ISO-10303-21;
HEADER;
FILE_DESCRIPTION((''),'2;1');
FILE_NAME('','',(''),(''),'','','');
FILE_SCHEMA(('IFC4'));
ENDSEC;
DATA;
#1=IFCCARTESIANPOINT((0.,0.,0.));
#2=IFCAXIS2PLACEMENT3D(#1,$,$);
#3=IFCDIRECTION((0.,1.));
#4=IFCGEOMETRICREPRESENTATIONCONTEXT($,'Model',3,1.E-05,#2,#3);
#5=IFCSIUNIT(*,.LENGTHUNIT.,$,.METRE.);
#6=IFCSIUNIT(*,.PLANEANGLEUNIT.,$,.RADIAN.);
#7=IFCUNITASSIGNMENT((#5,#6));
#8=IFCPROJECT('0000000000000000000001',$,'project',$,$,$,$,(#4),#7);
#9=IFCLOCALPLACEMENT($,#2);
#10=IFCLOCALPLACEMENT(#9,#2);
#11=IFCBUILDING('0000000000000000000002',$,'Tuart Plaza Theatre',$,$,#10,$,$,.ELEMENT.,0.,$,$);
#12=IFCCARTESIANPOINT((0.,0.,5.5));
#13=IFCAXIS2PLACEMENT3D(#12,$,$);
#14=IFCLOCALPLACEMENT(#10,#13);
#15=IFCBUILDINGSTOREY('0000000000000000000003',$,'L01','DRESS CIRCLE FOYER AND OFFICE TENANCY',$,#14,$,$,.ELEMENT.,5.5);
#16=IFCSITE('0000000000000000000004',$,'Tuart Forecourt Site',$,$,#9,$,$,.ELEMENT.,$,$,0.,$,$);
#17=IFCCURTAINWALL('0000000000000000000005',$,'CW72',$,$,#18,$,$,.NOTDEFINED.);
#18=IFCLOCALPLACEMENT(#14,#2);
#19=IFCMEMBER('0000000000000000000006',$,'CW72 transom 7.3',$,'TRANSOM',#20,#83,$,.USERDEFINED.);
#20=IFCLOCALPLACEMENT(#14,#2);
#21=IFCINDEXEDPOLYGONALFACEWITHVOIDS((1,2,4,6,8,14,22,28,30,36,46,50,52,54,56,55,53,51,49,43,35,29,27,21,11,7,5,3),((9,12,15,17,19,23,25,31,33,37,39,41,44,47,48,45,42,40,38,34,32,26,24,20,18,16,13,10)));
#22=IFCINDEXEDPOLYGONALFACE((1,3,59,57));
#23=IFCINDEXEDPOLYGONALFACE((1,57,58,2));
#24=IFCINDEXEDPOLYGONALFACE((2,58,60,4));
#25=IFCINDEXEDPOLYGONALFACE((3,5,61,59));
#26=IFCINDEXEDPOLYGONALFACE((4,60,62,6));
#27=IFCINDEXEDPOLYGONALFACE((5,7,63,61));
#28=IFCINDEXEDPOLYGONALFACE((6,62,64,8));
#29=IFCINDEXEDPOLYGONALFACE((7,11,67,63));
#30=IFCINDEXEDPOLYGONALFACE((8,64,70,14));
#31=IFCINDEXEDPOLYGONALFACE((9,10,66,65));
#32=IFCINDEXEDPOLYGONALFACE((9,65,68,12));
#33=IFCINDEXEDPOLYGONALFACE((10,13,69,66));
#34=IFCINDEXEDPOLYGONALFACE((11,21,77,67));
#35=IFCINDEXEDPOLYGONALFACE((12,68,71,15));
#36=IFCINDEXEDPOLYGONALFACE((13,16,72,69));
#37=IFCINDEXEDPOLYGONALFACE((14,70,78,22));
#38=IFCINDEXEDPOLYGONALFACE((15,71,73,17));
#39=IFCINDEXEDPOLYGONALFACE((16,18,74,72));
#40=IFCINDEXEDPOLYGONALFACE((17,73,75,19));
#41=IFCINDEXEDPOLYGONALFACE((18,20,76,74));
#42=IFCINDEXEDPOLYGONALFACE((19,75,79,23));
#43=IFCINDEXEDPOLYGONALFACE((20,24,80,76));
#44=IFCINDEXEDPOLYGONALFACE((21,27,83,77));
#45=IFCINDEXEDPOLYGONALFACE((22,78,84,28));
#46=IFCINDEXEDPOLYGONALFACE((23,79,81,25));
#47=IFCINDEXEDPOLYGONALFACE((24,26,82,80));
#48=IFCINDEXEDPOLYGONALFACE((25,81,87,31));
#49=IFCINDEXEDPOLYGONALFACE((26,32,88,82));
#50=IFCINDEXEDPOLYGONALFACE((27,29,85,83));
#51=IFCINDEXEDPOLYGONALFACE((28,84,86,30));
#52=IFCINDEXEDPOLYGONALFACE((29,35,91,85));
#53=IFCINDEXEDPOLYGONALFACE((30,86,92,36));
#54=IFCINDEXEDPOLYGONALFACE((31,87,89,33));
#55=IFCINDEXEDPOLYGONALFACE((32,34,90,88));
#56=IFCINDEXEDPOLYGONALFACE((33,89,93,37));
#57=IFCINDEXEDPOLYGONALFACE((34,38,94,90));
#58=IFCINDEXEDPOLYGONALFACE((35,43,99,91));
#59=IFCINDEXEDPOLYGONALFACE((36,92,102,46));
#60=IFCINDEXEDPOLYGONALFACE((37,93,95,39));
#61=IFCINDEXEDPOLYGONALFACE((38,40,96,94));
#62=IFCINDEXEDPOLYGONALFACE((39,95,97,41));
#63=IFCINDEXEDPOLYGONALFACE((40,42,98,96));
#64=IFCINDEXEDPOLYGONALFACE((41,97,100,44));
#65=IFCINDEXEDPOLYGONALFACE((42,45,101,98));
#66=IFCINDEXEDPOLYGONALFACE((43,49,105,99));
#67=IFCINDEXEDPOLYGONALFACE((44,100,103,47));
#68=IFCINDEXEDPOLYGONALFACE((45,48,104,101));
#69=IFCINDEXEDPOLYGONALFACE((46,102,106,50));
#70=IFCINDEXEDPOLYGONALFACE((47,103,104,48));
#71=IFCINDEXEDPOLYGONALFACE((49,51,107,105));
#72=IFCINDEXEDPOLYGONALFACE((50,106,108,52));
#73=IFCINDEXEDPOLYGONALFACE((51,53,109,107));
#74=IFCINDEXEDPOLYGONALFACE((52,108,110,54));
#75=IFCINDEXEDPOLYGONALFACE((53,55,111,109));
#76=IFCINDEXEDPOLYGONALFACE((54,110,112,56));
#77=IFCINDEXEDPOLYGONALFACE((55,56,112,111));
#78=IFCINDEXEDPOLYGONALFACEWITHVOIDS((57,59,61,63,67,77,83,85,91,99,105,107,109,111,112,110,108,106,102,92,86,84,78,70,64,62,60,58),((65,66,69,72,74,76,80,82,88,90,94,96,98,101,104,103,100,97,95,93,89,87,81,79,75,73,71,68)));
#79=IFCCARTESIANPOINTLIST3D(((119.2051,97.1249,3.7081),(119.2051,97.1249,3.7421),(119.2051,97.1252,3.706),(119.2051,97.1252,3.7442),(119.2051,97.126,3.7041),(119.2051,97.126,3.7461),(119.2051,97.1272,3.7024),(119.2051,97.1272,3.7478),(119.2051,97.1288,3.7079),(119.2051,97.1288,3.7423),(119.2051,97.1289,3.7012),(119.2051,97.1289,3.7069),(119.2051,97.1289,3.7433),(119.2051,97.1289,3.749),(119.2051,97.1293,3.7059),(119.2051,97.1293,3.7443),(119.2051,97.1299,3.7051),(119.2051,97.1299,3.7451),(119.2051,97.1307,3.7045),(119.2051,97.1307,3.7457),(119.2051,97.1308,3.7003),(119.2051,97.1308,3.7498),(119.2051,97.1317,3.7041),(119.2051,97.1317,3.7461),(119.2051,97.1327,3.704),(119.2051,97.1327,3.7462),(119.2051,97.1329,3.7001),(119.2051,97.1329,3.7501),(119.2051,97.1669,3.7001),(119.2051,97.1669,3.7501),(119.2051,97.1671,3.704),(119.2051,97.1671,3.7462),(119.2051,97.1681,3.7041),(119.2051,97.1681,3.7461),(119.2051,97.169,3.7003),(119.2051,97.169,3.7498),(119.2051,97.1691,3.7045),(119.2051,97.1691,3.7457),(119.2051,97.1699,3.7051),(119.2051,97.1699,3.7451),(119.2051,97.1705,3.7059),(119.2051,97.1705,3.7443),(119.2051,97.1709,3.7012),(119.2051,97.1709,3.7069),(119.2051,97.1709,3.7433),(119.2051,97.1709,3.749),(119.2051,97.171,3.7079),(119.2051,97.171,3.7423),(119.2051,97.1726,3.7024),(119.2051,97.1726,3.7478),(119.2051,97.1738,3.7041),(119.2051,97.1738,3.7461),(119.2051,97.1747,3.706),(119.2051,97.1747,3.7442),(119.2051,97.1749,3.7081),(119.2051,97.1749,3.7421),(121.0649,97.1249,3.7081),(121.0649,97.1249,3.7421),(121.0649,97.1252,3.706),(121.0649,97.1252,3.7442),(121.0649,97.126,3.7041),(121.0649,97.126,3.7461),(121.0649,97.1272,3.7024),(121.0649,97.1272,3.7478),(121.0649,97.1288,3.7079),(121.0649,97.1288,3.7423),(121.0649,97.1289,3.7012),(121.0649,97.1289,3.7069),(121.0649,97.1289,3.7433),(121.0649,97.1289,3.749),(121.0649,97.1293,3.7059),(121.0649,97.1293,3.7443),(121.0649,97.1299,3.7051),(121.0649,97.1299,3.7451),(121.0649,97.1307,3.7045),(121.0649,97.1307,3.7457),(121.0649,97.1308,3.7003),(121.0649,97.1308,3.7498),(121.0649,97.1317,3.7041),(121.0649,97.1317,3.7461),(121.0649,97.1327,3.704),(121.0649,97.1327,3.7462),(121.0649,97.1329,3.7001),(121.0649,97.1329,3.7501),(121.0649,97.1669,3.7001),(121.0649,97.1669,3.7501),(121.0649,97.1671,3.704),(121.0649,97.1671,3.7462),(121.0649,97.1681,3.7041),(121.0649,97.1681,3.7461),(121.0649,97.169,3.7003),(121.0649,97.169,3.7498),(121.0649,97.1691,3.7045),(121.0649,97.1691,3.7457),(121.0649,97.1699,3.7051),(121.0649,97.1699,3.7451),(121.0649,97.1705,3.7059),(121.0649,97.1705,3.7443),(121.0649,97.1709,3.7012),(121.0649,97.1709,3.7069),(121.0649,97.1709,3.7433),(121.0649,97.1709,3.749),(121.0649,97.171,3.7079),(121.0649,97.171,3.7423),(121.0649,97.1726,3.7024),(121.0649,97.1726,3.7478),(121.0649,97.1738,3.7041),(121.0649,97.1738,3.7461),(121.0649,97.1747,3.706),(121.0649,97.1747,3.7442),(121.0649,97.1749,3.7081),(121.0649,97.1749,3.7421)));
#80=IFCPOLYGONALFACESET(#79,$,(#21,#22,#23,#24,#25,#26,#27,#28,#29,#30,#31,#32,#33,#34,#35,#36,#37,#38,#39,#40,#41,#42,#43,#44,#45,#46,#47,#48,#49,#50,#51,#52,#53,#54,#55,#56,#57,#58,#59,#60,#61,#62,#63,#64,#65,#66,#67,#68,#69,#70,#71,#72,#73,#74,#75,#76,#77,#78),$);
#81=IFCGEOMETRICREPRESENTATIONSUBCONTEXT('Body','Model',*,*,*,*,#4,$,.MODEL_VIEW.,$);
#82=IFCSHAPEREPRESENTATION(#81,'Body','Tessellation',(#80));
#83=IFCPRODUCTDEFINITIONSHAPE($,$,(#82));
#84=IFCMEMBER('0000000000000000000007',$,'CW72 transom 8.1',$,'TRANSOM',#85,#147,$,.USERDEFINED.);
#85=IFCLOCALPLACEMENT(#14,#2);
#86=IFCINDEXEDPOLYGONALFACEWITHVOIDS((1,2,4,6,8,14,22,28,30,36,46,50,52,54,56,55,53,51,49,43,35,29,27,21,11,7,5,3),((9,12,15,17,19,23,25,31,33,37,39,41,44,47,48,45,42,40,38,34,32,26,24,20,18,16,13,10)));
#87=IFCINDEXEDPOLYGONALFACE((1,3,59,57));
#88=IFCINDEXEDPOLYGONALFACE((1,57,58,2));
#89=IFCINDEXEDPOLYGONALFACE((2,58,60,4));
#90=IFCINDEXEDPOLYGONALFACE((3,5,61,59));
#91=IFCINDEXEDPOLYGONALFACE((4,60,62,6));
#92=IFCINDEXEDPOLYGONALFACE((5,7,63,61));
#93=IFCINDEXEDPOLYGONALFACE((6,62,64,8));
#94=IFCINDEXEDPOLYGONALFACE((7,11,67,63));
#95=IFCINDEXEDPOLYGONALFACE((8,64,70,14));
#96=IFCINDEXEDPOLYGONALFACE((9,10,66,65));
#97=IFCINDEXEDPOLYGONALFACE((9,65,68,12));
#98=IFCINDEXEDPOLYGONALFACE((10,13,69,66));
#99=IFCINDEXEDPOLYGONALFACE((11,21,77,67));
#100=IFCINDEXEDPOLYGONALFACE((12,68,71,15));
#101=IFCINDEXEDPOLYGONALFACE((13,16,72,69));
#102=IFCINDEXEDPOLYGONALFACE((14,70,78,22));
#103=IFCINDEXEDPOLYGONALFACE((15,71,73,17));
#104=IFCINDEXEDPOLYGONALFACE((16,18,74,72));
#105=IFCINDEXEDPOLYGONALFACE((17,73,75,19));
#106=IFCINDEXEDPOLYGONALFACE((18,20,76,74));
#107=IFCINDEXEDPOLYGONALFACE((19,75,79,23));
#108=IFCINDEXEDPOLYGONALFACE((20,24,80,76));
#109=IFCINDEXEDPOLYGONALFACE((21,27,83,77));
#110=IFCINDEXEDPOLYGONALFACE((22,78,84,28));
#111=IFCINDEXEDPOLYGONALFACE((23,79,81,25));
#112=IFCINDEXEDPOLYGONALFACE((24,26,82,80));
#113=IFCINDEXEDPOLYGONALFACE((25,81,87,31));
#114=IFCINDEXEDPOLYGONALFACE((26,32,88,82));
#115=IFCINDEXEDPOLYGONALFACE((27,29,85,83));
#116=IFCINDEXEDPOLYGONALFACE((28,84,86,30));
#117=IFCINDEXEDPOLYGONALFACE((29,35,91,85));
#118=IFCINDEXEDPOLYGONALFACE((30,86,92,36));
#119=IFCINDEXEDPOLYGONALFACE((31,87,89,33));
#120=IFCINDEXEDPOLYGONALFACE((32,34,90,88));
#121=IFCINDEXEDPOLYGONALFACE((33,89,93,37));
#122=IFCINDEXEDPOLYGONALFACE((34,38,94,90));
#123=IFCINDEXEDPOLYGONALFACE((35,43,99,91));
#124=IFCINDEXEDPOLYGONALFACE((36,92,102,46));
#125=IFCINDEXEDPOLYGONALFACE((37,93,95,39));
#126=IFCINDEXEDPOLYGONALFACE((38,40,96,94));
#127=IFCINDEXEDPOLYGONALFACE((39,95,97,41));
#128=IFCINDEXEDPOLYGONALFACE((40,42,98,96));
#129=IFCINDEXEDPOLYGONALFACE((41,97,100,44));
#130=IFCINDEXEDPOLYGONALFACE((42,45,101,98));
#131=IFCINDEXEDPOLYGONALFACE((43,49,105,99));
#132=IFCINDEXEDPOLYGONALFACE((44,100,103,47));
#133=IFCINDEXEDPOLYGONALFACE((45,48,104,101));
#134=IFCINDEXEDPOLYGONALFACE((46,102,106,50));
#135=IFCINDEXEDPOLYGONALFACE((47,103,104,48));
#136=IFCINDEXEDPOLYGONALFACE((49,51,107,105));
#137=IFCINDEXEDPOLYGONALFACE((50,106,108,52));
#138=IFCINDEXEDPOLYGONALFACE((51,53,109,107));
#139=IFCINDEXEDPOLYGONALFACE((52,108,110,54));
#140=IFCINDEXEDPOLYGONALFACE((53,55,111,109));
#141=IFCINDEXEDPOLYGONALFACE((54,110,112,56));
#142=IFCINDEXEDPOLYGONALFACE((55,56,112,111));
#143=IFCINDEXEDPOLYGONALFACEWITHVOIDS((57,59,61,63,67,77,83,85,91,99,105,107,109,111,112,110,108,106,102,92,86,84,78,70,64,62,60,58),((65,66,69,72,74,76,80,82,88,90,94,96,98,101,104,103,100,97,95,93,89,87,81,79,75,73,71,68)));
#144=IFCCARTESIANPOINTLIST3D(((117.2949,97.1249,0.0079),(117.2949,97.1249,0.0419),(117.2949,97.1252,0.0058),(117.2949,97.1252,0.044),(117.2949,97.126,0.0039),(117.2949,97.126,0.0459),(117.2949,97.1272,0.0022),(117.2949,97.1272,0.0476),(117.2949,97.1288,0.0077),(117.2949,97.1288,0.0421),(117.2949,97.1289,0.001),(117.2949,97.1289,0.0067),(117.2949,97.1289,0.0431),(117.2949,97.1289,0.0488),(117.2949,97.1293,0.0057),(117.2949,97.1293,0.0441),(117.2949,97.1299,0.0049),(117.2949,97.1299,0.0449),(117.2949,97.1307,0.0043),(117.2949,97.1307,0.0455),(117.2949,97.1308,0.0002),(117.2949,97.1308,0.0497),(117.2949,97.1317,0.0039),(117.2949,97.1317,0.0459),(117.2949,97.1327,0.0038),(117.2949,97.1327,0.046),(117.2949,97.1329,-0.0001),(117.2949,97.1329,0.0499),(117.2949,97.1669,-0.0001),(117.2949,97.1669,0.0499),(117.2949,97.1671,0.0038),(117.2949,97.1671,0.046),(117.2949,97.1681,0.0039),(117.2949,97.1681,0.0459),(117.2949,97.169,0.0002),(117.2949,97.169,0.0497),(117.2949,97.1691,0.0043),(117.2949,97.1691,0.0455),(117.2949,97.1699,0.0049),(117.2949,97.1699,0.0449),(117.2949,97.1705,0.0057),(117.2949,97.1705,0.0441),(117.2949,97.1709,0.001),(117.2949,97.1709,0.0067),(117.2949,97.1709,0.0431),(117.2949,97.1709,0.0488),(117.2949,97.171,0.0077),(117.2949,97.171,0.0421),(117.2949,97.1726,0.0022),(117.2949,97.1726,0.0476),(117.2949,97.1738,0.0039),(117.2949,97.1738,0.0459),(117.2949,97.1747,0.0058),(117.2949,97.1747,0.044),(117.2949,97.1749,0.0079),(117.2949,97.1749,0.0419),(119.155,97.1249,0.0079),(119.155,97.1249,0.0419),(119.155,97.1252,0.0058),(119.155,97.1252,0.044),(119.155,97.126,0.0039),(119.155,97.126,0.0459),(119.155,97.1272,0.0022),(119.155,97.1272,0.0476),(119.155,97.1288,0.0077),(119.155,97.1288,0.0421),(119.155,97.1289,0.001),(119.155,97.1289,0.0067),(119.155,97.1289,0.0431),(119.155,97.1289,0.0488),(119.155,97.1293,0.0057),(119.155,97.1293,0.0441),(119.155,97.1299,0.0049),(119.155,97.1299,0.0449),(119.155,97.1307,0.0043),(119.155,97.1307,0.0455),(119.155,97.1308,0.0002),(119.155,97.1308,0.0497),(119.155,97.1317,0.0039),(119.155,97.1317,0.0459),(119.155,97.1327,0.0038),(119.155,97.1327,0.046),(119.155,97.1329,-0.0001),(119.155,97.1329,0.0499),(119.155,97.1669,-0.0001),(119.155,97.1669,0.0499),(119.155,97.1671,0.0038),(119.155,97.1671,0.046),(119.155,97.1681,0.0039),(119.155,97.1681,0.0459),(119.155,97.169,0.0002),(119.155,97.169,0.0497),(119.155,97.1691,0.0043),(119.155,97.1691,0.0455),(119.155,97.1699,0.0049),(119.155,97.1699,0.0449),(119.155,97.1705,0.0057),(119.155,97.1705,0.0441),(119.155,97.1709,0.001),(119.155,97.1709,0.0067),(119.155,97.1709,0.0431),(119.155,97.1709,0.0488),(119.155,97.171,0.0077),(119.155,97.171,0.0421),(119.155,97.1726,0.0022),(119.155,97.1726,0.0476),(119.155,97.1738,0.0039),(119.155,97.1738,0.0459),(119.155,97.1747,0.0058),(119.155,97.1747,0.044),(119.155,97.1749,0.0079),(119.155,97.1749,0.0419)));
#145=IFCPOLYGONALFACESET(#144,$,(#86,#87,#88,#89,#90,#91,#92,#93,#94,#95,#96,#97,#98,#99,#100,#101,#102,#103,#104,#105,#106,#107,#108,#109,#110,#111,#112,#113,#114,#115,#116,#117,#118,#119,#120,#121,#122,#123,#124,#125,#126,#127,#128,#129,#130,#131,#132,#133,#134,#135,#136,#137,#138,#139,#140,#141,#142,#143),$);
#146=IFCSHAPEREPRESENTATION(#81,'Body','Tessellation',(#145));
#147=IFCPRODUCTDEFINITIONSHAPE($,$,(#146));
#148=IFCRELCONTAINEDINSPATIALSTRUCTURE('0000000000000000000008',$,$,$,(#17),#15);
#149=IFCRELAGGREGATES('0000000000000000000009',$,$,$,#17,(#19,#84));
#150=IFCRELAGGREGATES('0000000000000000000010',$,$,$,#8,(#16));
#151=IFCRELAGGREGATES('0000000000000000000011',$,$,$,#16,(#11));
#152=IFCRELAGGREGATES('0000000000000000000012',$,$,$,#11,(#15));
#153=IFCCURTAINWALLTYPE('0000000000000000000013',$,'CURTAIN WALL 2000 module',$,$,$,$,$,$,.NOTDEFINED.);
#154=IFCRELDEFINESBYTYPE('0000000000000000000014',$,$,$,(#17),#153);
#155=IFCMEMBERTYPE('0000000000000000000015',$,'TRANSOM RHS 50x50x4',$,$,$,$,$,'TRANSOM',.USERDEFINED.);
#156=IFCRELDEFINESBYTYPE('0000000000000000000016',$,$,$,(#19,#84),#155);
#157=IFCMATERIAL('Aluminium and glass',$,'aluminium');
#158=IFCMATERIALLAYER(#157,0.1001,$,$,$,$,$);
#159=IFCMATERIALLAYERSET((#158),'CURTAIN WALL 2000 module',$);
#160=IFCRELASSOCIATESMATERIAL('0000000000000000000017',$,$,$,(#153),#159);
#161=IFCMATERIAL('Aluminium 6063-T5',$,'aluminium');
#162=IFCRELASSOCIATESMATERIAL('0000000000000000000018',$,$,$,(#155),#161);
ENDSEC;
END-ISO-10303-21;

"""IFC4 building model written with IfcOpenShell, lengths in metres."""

from ifc_helpers import new_model, si_unit, direction, frame, origin, origin_2d, place, context, subcontext, project, spatial, hollow_rectangle, extrude, material, layer, layer_set, material_profile, profile_set, type_object, element, aggregate, save


model = new_model("IFC4")

# Units and contexts
model_context = context("Model", 3, precision=1e-05, world=origin(), true_north=direction((0.0, 1.0)))
body_context = subcontext(model_context, "Body", "Model", "MODEL_VIEW")
ifc_project = project(units=[si_unit("LENGTHUNIT", "METRE"), si_unit("PLANEANGLEUNIT", "RADIAN")], contexts=[model_context])

# Site, building, storey
site_placement = place(None, origin())
site = spatial("IfcSite", under=ifc_project, at=site_placement, Name="Tuart Forecourt Site", CompositionType="ELEMENT", RefElevation=0.0)
building_placement = place(site_placement, origin())
building = spatial("IfcBuilding", under=site, at=building_placement, Name="Tuart Plaza Theatre", CompositionType="ELEMENT", ElevationOfRefHeight=0.0)
storey_placement = place(building_placement, frame((0.0, 0.0, 5.5)))
storey = spatial("IfcBuildingStorey", under=building, at=storey_placement, Name="L01", Description="DRESS CIRCLE FOYER AND OFFICE TENANCY", CompositionType="ELEMENT", Elevation=5.5)

# Curtain wall, members
ifc_material_1 = material(Name="Aluminium and glass", Category="aluminium")
ifc_layer_1 = layer(ifc_material_1, 0.1001)
ifc_layer_set_1 = layer_set([ifc_layer_1], Name="CURTAIN WALL 2000 module")
curtain_wall_type = type_object("IfcCurtainWallType", Name="CURTAIN WALL 2000 module", PredefinedType="NOTDEFINED", material=ifc_layer_set_1)
curtain_wall_placement = place(storey_placement, origin())
curtain_wall = element("IfcCurtainWall", 1, at=curtain_wall_placement, inside=storey, type_object=curtain_wall_type, Name="CW72", PredefinedType="NOTDEFINED")
ifc_material_2 = material(Name="Aluminium 6063-T5", Category="aluminium")
ifc_material_profile_1 = material_profile(ifc_material_2, hollow_rectangle(XDim=0.05, YDim=0.05, WallThickness=0.0039, InnerFilletRadius=0.0039, OuterFilletRadius=0.0081, at=origin_2d()), Name="RHS 50x50x4")
ifc_profile_set_1 = profile_set([ifc_material_profile_1], Name="Aluminium 6063-T5")
member_type_1 = type_object("IfcMemberType", Name="TRANSOM RHS 50x50x4", ElementType="TRANSOM", PredefinedType="USERDEFINED", material=ifc_profile_set_1)
member_1_placement = place(storey_placement, frame((121.0649, 97.1499, 3.7251), z_axis=(-1.0, 0.0, 0.0), x_axis=(0.0, -1.0, 0.0)))
member_1 = element("IfcMember", 2, at=member_1_placement, type_object=member_type_1, Name="CW72 transom 7.3", ObjectType="TRANSOM", PredefinedType="USERDEFINED", context=body_context, shape_type="SweptSolid", body=[
    extrude(hollow_rectangle(XDim=0.05, YDim=0.05, WallThickness=0.0039, InnerFilletRadius=0.0039, OuterFilletRadius=0.0081, at=origin_2d()), origin(), (0.0, 0.0, 1.0), 1.8599),
])
member_2_placement = place(storey_placement, frame((119.155, 97.1499, 0.0249), z_axis=(-1.0, 0.0, 0.0), x_axis=(0.0, -1.0, 0.0)))
member_2 = element("IfcMember", 3, at=member_2_placement, type_object=member_type_1, Name="CW72 transom 8.1", ObjectType="TRANSOM", PredefinedType="USERDEFINED", context=body_context, shape_type="SweptSolid", body=[
    extrude(hollow_rectangle(XDim=0.05, YDim=0.05, WallThickness=0.0039, InnerFilletRadius=0.0039, OuterFilletRadius=0.0081, at=origin_2d()), origin(), (0.0, 0.0, 1.0), 1.8601),
])
aggregate(curtain_wall, [member_1, member_2])

save(model, "model.ifc")
